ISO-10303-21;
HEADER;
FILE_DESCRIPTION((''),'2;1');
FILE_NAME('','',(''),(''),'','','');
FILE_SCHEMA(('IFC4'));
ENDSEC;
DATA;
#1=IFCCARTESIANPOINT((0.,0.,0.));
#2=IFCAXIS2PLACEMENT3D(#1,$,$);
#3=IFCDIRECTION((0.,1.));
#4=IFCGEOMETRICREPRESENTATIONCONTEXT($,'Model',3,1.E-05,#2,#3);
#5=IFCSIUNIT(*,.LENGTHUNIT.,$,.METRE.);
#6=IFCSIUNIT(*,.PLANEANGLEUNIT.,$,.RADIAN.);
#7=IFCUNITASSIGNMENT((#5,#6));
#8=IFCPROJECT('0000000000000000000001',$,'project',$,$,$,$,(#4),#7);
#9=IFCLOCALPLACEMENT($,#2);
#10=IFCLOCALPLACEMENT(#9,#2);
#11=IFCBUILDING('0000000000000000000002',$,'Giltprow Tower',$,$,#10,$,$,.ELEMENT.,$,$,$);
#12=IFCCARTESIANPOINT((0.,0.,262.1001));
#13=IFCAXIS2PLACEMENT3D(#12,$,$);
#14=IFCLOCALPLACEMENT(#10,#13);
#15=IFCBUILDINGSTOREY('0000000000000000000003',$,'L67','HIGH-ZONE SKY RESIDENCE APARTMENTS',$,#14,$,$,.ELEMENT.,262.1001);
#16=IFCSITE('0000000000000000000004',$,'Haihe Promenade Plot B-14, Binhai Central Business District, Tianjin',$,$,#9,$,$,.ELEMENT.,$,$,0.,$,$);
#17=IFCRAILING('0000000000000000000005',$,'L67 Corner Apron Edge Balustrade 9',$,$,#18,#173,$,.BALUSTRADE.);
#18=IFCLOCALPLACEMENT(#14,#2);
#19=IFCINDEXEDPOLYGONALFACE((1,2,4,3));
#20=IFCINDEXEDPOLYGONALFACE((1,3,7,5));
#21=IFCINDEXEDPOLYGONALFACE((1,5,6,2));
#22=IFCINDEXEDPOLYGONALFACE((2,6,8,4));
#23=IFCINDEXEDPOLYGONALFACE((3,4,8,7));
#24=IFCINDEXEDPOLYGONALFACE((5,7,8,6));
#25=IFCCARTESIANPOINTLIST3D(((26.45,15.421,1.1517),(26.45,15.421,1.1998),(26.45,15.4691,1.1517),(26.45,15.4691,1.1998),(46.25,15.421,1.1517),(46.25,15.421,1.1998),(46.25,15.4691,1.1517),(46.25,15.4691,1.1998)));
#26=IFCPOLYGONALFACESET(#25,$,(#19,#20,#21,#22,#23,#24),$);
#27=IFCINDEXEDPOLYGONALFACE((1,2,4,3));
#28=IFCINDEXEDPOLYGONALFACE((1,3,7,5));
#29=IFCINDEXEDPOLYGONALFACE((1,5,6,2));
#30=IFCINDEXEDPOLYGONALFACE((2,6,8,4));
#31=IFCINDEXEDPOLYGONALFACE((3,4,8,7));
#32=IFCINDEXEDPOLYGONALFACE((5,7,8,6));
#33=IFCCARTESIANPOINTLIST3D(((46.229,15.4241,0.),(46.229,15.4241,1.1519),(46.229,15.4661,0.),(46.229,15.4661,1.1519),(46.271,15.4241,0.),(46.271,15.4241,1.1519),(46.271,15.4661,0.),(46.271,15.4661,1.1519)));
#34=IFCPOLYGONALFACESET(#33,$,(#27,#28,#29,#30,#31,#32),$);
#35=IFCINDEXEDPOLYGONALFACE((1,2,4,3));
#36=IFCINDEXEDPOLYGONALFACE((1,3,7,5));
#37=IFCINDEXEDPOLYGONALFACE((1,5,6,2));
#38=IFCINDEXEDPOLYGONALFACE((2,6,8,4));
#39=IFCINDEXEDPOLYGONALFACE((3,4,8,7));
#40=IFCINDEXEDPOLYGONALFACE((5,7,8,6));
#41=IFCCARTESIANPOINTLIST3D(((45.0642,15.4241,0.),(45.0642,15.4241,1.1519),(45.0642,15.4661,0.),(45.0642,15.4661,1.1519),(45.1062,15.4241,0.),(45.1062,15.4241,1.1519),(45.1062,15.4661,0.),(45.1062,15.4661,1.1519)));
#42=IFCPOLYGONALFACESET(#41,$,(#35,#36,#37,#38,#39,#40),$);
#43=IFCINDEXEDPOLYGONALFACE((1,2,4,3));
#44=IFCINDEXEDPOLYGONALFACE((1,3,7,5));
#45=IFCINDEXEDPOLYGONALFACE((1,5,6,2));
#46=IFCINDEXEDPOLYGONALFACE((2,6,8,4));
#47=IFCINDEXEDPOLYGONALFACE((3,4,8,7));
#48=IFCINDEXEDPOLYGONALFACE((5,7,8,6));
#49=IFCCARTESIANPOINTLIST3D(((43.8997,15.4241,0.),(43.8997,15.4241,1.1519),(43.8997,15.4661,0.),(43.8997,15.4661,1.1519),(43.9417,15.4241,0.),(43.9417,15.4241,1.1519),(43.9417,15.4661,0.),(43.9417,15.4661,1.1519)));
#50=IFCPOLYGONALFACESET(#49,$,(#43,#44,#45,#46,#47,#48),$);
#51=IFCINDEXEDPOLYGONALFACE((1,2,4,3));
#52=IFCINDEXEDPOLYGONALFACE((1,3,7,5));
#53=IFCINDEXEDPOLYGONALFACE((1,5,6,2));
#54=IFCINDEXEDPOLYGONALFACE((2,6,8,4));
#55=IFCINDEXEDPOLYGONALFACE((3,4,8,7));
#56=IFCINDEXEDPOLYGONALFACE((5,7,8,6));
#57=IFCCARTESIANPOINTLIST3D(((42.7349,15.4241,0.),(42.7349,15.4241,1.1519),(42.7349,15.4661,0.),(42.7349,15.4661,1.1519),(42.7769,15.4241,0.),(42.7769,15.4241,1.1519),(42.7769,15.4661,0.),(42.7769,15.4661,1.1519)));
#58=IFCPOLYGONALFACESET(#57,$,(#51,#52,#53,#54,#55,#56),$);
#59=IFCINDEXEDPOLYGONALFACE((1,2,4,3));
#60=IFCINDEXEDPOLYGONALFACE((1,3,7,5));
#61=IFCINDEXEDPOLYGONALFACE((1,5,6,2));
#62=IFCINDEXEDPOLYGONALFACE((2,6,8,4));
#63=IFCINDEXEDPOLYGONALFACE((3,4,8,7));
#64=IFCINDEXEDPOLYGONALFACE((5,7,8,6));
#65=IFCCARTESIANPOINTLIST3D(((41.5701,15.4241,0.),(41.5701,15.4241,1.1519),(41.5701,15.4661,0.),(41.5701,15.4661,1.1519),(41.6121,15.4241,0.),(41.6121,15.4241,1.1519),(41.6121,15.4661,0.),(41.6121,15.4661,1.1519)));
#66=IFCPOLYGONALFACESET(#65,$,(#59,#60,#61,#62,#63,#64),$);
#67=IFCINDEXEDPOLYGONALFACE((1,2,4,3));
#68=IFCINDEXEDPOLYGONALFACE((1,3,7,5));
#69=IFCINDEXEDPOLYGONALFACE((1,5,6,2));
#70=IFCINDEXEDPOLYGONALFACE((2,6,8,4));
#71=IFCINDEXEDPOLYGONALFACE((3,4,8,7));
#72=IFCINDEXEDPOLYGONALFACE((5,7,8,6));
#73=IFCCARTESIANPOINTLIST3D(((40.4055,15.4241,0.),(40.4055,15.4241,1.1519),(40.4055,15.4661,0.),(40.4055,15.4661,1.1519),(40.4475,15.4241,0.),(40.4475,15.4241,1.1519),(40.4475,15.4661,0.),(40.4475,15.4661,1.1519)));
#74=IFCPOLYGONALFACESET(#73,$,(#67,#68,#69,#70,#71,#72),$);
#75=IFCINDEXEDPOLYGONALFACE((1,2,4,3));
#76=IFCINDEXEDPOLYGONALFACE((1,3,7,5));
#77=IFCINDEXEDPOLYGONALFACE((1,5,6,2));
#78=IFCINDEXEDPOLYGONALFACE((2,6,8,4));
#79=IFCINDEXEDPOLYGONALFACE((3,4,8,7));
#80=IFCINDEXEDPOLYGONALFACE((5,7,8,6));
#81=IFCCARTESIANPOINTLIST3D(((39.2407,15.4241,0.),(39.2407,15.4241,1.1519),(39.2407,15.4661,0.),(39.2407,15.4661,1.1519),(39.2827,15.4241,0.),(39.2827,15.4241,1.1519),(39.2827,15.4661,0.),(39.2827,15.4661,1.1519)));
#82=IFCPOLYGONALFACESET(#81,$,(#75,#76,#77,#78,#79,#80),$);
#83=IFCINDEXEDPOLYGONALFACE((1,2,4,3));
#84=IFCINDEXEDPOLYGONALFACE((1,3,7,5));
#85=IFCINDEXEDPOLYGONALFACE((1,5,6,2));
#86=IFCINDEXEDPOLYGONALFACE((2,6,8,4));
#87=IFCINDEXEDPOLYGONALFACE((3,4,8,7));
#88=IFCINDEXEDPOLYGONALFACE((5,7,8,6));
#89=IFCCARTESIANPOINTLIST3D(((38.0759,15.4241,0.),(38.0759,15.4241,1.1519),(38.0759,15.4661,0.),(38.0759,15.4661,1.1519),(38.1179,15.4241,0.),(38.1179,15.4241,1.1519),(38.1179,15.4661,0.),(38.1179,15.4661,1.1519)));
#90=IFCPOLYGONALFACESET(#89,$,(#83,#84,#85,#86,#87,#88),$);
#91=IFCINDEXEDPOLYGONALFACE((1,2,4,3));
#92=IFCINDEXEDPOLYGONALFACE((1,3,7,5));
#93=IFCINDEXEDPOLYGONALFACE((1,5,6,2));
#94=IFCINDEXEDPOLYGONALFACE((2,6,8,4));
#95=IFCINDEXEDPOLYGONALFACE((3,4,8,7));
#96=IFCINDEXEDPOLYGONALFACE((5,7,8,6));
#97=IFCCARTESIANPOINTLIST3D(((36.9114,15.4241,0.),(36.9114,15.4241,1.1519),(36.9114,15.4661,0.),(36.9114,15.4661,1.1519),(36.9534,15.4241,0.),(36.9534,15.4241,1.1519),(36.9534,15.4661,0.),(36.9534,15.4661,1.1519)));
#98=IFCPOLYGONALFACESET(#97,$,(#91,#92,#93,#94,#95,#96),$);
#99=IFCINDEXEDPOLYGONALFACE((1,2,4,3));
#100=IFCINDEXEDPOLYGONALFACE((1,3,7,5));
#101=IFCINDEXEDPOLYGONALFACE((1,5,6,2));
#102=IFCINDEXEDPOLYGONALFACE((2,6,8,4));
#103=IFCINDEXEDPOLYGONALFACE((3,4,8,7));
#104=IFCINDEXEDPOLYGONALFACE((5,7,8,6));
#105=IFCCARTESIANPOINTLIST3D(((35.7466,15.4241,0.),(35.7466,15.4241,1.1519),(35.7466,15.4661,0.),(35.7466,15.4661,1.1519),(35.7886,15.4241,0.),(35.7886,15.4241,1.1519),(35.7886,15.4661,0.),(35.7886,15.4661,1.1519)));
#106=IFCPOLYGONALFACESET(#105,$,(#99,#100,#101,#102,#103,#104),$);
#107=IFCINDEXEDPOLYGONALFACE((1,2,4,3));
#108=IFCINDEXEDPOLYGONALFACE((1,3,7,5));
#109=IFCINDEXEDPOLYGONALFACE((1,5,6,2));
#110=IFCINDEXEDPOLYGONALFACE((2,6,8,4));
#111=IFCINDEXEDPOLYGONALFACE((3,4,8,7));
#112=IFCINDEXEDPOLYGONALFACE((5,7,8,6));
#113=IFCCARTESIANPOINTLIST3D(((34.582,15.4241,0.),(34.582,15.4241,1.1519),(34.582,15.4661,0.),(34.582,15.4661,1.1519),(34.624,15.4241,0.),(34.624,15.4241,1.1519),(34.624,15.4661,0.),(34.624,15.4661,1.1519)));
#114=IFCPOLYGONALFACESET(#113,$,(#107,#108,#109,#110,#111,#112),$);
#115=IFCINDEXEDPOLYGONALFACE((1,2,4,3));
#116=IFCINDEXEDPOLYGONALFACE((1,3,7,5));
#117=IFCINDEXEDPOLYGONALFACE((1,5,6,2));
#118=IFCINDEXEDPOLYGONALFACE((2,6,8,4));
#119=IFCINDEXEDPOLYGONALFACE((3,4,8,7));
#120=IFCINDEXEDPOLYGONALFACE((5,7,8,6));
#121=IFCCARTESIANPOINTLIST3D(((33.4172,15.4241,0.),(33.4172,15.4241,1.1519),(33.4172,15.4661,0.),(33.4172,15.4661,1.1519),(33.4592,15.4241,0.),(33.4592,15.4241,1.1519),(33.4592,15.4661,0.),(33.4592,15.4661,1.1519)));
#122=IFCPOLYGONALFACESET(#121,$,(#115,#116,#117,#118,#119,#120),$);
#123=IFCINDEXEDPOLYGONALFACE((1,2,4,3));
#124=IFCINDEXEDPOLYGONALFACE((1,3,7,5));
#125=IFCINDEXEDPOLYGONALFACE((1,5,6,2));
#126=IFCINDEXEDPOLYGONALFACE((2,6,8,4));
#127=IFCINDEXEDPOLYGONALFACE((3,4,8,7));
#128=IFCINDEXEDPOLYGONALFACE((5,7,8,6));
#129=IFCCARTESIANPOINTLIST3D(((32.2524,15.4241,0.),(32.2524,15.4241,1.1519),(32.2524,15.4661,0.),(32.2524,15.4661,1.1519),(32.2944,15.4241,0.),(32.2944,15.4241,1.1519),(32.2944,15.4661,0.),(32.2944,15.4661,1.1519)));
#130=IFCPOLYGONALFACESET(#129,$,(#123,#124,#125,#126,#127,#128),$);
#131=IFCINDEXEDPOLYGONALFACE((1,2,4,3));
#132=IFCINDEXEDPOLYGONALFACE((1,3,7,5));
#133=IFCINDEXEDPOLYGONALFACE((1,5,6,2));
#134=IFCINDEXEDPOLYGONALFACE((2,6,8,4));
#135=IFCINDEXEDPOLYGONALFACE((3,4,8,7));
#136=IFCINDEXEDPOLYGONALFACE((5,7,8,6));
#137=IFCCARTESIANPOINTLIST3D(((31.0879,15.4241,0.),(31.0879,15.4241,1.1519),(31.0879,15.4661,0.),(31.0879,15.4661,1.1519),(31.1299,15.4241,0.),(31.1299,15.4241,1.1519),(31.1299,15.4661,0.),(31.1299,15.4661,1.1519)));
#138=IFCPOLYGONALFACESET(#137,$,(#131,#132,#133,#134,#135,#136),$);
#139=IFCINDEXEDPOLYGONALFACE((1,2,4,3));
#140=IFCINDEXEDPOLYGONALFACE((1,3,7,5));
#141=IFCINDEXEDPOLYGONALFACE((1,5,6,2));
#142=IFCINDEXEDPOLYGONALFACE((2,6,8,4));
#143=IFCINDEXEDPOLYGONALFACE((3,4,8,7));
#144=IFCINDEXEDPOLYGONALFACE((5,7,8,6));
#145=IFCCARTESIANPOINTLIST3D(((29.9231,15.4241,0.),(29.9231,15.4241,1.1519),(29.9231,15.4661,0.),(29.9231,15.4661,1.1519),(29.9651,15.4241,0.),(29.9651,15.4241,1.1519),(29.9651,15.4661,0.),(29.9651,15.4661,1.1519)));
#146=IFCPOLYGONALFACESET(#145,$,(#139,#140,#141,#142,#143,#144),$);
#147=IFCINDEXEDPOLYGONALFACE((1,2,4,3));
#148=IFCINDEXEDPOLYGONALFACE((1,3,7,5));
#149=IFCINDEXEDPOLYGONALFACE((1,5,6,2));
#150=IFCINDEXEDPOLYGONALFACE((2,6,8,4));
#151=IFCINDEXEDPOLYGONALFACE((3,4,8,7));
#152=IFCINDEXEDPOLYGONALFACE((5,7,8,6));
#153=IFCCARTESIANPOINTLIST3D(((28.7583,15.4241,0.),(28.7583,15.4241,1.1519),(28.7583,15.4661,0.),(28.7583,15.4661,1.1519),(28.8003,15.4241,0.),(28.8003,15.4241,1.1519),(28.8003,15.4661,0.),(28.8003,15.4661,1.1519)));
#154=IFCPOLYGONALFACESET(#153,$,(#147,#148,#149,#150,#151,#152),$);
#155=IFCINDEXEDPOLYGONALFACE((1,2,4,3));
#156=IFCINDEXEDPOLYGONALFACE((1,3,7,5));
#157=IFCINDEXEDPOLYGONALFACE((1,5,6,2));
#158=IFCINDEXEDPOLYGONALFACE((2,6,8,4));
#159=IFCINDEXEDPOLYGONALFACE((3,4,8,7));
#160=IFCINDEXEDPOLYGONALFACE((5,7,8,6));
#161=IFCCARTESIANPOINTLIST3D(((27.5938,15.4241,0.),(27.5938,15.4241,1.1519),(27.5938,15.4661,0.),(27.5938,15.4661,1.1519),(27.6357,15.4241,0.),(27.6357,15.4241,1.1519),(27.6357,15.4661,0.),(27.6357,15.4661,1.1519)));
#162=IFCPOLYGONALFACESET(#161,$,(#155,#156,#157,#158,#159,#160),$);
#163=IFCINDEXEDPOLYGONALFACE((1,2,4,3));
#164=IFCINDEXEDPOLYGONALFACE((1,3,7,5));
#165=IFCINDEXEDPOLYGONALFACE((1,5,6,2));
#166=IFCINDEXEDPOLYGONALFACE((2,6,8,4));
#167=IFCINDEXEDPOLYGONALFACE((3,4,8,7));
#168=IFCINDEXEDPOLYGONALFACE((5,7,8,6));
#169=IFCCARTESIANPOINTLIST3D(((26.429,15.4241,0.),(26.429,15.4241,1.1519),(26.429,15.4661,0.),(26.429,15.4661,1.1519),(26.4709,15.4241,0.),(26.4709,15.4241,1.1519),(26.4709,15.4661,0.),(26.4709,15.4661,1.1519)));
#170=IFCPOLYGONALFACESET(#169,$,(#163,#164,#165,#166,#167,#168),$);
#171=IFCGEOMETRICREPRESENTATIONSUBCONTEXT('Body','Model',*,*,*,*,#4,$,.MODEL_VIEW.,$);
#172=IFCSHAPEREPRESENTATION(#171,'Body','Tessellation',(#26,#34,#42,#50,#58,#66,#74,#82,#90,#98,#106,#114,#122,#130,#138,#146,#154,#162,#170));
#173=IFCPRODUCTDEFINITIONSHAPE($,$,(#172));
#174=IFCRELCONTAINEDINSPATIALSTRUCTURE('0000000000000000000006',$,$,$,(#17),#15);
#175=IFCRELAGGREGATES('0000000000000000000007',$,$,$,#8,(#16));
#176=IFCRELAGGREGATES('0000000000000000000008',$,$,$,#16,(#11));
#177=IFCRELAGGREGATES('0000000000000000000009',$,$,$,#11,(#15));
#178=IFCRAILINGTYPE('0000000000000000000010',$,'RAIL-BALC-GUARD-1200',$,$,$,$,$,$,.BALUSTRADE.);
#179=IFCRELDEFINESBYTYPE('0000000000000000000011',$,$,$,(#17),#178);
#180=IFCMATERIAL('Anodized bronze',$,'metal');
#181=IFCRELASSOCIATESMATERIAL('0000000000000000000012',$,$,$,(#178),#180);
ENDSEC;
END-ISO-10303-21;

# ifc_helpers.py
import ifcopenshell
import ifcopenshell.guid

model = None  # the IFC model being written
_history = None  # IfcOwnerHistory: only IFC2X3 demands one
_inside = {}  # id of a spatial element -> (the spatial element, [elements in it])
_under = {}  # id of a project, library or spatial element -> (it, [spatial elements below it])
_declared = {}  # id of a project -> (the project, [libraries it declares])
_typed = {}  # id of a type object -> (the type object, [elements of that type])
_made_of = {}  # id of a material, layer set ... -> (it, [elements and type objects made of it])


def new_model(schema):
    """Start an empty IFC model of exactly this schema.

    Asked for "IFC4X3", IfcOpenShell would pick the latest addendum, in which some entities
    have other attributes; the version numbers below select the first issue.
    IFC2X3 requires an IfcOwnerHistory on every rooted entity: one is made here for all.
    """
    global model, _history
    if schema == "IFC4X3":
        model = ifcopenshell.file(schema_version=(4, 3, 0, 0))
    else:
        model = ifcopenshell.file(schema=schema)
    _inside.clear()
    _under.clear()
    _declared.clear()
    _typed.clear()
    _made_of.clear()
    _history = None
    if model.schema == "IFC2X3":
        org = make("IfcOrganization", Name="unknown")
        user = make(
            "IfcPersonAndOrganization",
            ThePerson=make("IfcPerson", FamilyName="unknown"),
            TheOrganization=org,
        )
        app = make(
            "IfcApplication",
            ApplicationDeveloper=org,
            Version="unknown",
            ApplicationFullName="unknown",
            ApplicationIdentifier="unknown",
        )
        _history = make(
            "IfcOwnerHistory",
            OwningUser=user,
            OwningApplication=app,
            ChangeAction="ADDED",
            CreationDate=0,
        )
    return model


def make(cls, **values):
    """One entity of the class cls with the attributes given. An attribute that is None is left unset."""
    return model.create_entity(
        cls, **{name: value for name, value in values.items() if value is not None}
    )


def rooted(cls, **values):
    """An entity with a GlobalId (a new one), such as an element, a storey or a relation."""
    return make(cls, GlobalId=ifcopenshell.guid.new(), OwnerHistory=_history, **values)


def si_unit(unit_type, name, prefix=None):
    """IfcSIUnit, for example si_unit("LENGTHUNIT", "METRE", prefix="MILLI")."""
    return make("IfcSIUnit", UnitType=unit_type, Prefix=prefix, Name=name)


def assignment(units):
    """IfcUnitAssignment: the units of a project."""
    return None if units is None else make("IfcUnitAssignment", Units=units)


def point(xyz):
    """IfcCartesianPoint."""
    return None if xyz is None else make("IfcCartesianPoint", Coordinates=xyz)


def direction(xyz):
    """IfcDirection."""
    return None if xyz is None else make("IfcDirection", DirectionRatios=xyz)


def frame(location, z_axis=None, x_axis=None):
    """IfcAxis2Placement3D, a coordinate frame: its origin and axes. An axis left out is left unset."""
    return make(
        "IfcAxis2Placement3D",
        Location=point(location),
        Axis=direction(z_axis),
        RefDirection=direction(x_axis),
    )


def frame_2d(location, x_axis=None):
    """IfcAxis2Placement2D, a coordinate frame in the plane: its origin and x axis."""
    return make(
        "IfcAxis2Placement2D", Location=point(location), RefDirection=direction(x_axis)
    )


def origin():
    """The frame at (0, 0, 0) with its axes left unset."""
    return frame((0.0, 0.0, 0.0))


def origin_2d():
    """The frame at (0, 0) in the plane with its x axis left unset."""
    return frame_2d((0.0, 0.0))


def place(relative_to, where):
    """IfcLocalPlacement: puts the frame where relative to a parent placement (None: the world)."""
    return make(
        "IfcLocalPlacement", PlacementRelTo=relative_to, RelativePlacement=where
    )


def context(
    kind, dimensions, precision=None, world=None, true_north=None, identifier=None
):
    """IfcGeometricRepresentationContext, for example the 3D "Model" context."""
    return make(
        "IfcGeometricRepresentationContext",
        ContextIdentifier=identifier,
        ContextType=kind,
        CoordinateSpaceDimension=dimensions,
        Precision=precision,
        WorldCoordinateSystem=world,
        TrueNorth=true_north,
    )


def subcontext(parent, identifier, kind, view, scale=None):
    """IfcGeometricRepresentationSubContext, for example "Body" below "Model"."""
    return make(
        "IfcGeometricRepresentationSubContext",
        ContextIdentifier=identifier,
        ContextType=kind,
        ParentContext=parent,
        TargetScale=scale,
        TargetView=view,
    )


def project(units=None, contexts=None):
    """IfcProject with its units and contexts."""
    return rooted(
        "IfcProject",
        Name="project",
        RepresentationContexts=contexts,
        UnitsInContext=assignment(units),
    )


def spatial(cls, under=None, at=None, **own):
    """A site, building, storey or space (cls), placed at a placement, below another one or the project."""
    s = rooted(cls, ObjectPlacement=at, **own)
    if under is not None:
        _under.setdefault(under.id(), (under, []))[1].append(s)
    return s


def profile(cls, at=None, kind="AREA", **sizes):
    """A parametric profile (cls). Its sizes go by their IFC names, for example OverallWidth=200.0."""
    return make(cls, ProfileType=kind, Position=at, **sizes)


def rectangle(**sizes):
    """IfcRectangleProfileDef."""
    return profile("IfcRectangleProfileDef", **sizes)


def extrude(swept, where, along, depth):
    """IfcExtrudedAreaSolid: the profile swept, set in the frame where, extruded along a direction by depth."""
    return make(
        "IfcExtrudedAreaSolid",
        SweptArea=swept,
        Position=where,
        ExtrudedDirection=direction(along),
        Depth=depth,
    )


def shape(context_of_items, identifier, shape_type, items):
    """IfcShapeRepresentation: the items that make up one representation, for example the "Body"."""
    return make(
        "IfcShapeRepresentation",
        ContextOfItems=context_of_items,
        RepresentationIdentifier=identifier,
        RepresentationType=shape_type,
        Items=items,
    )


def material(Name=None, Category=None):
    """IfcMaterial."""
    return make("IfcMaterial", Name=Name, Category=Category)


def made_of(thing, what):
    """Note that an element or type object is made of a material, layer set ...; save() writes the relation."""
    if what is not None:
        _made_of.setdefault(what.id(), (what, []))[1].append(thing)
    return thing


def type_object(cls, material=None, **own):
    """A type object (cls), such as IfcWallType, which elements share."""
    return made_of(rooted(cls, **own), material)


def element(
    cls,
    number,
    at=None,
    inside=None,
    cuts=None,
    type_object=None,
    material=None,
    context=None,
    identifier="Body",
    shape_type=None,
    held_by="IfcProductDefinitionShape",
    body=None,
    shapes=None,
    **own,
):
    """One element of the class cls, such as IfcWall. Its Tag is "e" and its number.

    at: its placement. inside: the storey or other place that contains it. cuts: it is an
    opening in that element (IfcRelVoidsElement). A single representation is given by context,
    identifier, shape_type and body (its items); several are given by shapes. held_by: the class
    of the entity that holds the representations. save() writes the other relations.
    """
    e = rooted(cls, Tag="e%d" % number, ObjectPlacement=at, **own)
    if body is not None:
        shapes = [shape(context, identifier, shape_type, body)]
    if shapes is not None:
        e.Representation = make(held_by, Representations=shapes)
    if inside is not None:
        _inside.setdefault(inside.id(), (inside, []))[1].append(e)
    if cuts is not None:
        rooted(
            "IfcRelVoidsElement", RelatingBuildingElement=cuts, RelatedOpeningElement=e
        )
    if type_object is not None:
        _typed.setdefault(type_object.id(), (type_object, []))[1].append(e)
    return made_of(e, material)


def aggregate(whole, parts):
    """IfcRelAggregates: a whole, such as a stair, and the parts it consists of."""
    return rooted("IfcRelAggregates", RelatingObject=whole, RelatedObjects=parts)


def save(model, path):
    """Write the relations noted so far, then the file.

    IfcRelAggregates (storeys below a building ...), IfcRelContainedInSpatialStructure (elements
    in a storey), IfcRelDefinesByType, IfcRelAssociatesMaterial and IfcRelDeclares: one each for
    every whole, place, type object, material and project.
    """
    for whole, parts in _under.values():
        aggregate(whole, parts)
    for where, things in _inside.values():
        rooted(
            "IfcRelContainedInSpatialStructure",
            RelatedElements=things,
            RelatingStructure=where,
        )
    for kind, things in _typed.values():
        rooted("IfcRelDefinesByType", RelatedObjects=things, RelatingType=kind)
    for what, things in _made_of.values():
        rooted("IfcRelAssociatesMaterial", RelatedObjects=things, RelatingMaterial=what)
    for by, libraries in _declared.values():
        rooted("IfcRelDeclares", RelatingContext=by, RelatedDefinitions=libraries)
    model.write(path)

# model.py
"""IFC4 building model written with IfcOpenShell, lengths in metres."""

from ifc_helpers import new_model, si_unit, direction, frame, origin, origin_2d, place, context, subcontext, project, spatial, rectangle, extrude, material, type_object, element, save


model = new_model("IFC4")

# Units and contexts
model_context = context("Model", 3, precision=1e-05, world=origin(), true_north=direction((0.0, 1.0)))
body_context = subcontext(model_context, "Body", "Model", "MODEL_VIEW")
ifc_project = project(units=[si_unit("LENGTHUNIT", "METRE"), si_unit("PLANEANGLEUNIT", "RADIAN")], contexts=[model_context])

# Site, building, storey
site_placement = place(None, origin())
site = spatial("IfcSite", under=ifc_project, at=site_placement, Name="Haihe Promenade Plot B-14, Binhai Central Business District, Tianjin", CompositionType="ELEMENT", RefElevation=0.0)
building_placement = place(site_placement, origin())
building = spatial("IfcBuilding", under=site, at=building_placement, Name="Giltprow Tower", CompositionType="ELEMENT")
storey_placement = place(building_placement, frame((0.0, 0.0, 262.1001)))
storey = spatial("IfcBuildingStorey", under=building, at=storey_placement, Name="L67", Description="HIGH-ZONE SKY RESIDENCE APARTMENTS", CompositionType="ELEMENT", Elevation=262.1001)

# Railing
ifc_material_1 = material(Name="Anodized bronze", Category="metal")
railing_type = type_object("IfcRailingType", Name="RAIL-BALC-GUARD-1200", PredefinedType="BALUSTRADE", material=ifc_material_1)
railing_1_placement = place(storey_placement, frame((46.25, 15.4451, 0.0)))
element("IfcRailing", 1, at=railing_1_placement, inside=storey, type_object=railing_type, Name="L67 Corner Apron Edge Balustrade 9", PredefinedType="BALUSTRADE", context=body_context, shape_type="SweptSolid", body=[
    extrude(rectangle(XDim=0.0481, YDim=0.0481, at=origin_2d()), frame((0.0, 0.0, 1.1758), z_axis=(-1.0, 0.0, 0.0), x_axis=(0.0, -1.0, 0.0)), (0.0, 0.0, 1.0), 19.8),
    extrude(rectangle(XDim=0.042, YDim=0.042, at=origin_2d()), origin(), (0.0, 0.0, 1.0), 1.1519),
    extrude(rectangle(XDim=0.042, YDim=0.042, at=origin_2d()), frame((-1.1648, 0.0, 0.0)), (0.0, 0.0, 1.0), 1.1519),
    extrude(rectangle(XDim=0.042, YDim=0.042, at=origin_2d()), frame((-2.3293, 0.0, 0.0)), (0.0, 0.0, 1.0), 1.1519),
    extrude(rectangle(XDim=0.042, YDim=0.042, at=origin_2d()), frame((-3.4941, 0.0, 0.0)), (0.0, 0.0, 1.0), 1.1519),
    extrude(rectangle(XDim=0.042, YDim=0.042, at=origin_2d()), frame((-4.6589, 0.0, 0.0)), (0.0, 0.0, 1.0), 1.1519),
    extrude(rectangle(XDim=0.042, YDim=0.042, at=origin_2d()), frame((-5.8235, 0.0, 0.0)), (0.0, 0.0, 1.0), 1.1519),
    extrude(rectangle(XDim=0.042, YDim=0.042, at=origin_2d()), frame((-6.9883, 0.0, 0.0)), (0.0, 0.0, 1.0), 1.1519),
    extrude(rectangle(XDim=0.042, YDim=0.042, at=origin_2d()), frame((-8.1531, 0.0, 0.0)), (0.0, 0.0, 1.0), 1.1519),
    extrude(rectangle(XDim=0.042, YDim=0.042, at=origin_2d()), frame((-9.3176, 0.0, 0.0)), (0.0, 0.0, 1.0), 1.1519),
    extrude(rectangle(XDim=0.042, YDim=0.042, at=origin_2d()), frame((-10.4824, 0.0, 0.0)), (0.0, 0.0, 1.0), 1.1519),
    extrude(rectangle(XDim=0.042, YDim=0.042, at=origin_2d()), frame((-11.647, 0.0, 0.0)), (0.0, 0.0, 1.0), 1.1519),
    extrude(rectangle(XDim=0.042, YDim=0.042, at=origin_2d()), frame((-12.8118, 0.0, 0.0)), (0.0, 0.0, 1.0), 1.1519),
    extrude(rectangle(XDim=0.042, YDim=0.042, at=origin_2d()), frame((-13.9766, 0.0, 0.0)), (0.0, 0.0, 1.0), 1.1519),
    extrude(rectangle(XDim=0.042, YDim=0.042, at=origin_2d()), frame((-15.1411, 0.0, 0.0)), (0.0, 0.0, 1.0), 1.1519),
    extrude(rectangle(XDim=0.042, YDim=0.042, at=origin_2d()), frame((-16.3059, 0.0, 0.0)), (0.0, 0.0, 1.0), 1.1519),
    extrude(rectangle(XDim=0.042, YDim=0.042, at=origin_2d()), frame((-17.4707, 0.0, 0.0)), (0.0, 0.0, 1.0), 1.1519),
    extrude(rectangle(XDim=0.042, YDim=0.042, at=origin_2d()), frame((-18.6353, 0.0, 0.0)), (0.0, 0.0, 1.0), 1.1519),
    extrude(rectangle(XDim=0.042, YDim=0.042, at=origin_2d()), frame((-19.8, 0.0, 0.0)), (0.0, 0.0, 1.0), 1.1519),
])

save(model, "model.ifc")
